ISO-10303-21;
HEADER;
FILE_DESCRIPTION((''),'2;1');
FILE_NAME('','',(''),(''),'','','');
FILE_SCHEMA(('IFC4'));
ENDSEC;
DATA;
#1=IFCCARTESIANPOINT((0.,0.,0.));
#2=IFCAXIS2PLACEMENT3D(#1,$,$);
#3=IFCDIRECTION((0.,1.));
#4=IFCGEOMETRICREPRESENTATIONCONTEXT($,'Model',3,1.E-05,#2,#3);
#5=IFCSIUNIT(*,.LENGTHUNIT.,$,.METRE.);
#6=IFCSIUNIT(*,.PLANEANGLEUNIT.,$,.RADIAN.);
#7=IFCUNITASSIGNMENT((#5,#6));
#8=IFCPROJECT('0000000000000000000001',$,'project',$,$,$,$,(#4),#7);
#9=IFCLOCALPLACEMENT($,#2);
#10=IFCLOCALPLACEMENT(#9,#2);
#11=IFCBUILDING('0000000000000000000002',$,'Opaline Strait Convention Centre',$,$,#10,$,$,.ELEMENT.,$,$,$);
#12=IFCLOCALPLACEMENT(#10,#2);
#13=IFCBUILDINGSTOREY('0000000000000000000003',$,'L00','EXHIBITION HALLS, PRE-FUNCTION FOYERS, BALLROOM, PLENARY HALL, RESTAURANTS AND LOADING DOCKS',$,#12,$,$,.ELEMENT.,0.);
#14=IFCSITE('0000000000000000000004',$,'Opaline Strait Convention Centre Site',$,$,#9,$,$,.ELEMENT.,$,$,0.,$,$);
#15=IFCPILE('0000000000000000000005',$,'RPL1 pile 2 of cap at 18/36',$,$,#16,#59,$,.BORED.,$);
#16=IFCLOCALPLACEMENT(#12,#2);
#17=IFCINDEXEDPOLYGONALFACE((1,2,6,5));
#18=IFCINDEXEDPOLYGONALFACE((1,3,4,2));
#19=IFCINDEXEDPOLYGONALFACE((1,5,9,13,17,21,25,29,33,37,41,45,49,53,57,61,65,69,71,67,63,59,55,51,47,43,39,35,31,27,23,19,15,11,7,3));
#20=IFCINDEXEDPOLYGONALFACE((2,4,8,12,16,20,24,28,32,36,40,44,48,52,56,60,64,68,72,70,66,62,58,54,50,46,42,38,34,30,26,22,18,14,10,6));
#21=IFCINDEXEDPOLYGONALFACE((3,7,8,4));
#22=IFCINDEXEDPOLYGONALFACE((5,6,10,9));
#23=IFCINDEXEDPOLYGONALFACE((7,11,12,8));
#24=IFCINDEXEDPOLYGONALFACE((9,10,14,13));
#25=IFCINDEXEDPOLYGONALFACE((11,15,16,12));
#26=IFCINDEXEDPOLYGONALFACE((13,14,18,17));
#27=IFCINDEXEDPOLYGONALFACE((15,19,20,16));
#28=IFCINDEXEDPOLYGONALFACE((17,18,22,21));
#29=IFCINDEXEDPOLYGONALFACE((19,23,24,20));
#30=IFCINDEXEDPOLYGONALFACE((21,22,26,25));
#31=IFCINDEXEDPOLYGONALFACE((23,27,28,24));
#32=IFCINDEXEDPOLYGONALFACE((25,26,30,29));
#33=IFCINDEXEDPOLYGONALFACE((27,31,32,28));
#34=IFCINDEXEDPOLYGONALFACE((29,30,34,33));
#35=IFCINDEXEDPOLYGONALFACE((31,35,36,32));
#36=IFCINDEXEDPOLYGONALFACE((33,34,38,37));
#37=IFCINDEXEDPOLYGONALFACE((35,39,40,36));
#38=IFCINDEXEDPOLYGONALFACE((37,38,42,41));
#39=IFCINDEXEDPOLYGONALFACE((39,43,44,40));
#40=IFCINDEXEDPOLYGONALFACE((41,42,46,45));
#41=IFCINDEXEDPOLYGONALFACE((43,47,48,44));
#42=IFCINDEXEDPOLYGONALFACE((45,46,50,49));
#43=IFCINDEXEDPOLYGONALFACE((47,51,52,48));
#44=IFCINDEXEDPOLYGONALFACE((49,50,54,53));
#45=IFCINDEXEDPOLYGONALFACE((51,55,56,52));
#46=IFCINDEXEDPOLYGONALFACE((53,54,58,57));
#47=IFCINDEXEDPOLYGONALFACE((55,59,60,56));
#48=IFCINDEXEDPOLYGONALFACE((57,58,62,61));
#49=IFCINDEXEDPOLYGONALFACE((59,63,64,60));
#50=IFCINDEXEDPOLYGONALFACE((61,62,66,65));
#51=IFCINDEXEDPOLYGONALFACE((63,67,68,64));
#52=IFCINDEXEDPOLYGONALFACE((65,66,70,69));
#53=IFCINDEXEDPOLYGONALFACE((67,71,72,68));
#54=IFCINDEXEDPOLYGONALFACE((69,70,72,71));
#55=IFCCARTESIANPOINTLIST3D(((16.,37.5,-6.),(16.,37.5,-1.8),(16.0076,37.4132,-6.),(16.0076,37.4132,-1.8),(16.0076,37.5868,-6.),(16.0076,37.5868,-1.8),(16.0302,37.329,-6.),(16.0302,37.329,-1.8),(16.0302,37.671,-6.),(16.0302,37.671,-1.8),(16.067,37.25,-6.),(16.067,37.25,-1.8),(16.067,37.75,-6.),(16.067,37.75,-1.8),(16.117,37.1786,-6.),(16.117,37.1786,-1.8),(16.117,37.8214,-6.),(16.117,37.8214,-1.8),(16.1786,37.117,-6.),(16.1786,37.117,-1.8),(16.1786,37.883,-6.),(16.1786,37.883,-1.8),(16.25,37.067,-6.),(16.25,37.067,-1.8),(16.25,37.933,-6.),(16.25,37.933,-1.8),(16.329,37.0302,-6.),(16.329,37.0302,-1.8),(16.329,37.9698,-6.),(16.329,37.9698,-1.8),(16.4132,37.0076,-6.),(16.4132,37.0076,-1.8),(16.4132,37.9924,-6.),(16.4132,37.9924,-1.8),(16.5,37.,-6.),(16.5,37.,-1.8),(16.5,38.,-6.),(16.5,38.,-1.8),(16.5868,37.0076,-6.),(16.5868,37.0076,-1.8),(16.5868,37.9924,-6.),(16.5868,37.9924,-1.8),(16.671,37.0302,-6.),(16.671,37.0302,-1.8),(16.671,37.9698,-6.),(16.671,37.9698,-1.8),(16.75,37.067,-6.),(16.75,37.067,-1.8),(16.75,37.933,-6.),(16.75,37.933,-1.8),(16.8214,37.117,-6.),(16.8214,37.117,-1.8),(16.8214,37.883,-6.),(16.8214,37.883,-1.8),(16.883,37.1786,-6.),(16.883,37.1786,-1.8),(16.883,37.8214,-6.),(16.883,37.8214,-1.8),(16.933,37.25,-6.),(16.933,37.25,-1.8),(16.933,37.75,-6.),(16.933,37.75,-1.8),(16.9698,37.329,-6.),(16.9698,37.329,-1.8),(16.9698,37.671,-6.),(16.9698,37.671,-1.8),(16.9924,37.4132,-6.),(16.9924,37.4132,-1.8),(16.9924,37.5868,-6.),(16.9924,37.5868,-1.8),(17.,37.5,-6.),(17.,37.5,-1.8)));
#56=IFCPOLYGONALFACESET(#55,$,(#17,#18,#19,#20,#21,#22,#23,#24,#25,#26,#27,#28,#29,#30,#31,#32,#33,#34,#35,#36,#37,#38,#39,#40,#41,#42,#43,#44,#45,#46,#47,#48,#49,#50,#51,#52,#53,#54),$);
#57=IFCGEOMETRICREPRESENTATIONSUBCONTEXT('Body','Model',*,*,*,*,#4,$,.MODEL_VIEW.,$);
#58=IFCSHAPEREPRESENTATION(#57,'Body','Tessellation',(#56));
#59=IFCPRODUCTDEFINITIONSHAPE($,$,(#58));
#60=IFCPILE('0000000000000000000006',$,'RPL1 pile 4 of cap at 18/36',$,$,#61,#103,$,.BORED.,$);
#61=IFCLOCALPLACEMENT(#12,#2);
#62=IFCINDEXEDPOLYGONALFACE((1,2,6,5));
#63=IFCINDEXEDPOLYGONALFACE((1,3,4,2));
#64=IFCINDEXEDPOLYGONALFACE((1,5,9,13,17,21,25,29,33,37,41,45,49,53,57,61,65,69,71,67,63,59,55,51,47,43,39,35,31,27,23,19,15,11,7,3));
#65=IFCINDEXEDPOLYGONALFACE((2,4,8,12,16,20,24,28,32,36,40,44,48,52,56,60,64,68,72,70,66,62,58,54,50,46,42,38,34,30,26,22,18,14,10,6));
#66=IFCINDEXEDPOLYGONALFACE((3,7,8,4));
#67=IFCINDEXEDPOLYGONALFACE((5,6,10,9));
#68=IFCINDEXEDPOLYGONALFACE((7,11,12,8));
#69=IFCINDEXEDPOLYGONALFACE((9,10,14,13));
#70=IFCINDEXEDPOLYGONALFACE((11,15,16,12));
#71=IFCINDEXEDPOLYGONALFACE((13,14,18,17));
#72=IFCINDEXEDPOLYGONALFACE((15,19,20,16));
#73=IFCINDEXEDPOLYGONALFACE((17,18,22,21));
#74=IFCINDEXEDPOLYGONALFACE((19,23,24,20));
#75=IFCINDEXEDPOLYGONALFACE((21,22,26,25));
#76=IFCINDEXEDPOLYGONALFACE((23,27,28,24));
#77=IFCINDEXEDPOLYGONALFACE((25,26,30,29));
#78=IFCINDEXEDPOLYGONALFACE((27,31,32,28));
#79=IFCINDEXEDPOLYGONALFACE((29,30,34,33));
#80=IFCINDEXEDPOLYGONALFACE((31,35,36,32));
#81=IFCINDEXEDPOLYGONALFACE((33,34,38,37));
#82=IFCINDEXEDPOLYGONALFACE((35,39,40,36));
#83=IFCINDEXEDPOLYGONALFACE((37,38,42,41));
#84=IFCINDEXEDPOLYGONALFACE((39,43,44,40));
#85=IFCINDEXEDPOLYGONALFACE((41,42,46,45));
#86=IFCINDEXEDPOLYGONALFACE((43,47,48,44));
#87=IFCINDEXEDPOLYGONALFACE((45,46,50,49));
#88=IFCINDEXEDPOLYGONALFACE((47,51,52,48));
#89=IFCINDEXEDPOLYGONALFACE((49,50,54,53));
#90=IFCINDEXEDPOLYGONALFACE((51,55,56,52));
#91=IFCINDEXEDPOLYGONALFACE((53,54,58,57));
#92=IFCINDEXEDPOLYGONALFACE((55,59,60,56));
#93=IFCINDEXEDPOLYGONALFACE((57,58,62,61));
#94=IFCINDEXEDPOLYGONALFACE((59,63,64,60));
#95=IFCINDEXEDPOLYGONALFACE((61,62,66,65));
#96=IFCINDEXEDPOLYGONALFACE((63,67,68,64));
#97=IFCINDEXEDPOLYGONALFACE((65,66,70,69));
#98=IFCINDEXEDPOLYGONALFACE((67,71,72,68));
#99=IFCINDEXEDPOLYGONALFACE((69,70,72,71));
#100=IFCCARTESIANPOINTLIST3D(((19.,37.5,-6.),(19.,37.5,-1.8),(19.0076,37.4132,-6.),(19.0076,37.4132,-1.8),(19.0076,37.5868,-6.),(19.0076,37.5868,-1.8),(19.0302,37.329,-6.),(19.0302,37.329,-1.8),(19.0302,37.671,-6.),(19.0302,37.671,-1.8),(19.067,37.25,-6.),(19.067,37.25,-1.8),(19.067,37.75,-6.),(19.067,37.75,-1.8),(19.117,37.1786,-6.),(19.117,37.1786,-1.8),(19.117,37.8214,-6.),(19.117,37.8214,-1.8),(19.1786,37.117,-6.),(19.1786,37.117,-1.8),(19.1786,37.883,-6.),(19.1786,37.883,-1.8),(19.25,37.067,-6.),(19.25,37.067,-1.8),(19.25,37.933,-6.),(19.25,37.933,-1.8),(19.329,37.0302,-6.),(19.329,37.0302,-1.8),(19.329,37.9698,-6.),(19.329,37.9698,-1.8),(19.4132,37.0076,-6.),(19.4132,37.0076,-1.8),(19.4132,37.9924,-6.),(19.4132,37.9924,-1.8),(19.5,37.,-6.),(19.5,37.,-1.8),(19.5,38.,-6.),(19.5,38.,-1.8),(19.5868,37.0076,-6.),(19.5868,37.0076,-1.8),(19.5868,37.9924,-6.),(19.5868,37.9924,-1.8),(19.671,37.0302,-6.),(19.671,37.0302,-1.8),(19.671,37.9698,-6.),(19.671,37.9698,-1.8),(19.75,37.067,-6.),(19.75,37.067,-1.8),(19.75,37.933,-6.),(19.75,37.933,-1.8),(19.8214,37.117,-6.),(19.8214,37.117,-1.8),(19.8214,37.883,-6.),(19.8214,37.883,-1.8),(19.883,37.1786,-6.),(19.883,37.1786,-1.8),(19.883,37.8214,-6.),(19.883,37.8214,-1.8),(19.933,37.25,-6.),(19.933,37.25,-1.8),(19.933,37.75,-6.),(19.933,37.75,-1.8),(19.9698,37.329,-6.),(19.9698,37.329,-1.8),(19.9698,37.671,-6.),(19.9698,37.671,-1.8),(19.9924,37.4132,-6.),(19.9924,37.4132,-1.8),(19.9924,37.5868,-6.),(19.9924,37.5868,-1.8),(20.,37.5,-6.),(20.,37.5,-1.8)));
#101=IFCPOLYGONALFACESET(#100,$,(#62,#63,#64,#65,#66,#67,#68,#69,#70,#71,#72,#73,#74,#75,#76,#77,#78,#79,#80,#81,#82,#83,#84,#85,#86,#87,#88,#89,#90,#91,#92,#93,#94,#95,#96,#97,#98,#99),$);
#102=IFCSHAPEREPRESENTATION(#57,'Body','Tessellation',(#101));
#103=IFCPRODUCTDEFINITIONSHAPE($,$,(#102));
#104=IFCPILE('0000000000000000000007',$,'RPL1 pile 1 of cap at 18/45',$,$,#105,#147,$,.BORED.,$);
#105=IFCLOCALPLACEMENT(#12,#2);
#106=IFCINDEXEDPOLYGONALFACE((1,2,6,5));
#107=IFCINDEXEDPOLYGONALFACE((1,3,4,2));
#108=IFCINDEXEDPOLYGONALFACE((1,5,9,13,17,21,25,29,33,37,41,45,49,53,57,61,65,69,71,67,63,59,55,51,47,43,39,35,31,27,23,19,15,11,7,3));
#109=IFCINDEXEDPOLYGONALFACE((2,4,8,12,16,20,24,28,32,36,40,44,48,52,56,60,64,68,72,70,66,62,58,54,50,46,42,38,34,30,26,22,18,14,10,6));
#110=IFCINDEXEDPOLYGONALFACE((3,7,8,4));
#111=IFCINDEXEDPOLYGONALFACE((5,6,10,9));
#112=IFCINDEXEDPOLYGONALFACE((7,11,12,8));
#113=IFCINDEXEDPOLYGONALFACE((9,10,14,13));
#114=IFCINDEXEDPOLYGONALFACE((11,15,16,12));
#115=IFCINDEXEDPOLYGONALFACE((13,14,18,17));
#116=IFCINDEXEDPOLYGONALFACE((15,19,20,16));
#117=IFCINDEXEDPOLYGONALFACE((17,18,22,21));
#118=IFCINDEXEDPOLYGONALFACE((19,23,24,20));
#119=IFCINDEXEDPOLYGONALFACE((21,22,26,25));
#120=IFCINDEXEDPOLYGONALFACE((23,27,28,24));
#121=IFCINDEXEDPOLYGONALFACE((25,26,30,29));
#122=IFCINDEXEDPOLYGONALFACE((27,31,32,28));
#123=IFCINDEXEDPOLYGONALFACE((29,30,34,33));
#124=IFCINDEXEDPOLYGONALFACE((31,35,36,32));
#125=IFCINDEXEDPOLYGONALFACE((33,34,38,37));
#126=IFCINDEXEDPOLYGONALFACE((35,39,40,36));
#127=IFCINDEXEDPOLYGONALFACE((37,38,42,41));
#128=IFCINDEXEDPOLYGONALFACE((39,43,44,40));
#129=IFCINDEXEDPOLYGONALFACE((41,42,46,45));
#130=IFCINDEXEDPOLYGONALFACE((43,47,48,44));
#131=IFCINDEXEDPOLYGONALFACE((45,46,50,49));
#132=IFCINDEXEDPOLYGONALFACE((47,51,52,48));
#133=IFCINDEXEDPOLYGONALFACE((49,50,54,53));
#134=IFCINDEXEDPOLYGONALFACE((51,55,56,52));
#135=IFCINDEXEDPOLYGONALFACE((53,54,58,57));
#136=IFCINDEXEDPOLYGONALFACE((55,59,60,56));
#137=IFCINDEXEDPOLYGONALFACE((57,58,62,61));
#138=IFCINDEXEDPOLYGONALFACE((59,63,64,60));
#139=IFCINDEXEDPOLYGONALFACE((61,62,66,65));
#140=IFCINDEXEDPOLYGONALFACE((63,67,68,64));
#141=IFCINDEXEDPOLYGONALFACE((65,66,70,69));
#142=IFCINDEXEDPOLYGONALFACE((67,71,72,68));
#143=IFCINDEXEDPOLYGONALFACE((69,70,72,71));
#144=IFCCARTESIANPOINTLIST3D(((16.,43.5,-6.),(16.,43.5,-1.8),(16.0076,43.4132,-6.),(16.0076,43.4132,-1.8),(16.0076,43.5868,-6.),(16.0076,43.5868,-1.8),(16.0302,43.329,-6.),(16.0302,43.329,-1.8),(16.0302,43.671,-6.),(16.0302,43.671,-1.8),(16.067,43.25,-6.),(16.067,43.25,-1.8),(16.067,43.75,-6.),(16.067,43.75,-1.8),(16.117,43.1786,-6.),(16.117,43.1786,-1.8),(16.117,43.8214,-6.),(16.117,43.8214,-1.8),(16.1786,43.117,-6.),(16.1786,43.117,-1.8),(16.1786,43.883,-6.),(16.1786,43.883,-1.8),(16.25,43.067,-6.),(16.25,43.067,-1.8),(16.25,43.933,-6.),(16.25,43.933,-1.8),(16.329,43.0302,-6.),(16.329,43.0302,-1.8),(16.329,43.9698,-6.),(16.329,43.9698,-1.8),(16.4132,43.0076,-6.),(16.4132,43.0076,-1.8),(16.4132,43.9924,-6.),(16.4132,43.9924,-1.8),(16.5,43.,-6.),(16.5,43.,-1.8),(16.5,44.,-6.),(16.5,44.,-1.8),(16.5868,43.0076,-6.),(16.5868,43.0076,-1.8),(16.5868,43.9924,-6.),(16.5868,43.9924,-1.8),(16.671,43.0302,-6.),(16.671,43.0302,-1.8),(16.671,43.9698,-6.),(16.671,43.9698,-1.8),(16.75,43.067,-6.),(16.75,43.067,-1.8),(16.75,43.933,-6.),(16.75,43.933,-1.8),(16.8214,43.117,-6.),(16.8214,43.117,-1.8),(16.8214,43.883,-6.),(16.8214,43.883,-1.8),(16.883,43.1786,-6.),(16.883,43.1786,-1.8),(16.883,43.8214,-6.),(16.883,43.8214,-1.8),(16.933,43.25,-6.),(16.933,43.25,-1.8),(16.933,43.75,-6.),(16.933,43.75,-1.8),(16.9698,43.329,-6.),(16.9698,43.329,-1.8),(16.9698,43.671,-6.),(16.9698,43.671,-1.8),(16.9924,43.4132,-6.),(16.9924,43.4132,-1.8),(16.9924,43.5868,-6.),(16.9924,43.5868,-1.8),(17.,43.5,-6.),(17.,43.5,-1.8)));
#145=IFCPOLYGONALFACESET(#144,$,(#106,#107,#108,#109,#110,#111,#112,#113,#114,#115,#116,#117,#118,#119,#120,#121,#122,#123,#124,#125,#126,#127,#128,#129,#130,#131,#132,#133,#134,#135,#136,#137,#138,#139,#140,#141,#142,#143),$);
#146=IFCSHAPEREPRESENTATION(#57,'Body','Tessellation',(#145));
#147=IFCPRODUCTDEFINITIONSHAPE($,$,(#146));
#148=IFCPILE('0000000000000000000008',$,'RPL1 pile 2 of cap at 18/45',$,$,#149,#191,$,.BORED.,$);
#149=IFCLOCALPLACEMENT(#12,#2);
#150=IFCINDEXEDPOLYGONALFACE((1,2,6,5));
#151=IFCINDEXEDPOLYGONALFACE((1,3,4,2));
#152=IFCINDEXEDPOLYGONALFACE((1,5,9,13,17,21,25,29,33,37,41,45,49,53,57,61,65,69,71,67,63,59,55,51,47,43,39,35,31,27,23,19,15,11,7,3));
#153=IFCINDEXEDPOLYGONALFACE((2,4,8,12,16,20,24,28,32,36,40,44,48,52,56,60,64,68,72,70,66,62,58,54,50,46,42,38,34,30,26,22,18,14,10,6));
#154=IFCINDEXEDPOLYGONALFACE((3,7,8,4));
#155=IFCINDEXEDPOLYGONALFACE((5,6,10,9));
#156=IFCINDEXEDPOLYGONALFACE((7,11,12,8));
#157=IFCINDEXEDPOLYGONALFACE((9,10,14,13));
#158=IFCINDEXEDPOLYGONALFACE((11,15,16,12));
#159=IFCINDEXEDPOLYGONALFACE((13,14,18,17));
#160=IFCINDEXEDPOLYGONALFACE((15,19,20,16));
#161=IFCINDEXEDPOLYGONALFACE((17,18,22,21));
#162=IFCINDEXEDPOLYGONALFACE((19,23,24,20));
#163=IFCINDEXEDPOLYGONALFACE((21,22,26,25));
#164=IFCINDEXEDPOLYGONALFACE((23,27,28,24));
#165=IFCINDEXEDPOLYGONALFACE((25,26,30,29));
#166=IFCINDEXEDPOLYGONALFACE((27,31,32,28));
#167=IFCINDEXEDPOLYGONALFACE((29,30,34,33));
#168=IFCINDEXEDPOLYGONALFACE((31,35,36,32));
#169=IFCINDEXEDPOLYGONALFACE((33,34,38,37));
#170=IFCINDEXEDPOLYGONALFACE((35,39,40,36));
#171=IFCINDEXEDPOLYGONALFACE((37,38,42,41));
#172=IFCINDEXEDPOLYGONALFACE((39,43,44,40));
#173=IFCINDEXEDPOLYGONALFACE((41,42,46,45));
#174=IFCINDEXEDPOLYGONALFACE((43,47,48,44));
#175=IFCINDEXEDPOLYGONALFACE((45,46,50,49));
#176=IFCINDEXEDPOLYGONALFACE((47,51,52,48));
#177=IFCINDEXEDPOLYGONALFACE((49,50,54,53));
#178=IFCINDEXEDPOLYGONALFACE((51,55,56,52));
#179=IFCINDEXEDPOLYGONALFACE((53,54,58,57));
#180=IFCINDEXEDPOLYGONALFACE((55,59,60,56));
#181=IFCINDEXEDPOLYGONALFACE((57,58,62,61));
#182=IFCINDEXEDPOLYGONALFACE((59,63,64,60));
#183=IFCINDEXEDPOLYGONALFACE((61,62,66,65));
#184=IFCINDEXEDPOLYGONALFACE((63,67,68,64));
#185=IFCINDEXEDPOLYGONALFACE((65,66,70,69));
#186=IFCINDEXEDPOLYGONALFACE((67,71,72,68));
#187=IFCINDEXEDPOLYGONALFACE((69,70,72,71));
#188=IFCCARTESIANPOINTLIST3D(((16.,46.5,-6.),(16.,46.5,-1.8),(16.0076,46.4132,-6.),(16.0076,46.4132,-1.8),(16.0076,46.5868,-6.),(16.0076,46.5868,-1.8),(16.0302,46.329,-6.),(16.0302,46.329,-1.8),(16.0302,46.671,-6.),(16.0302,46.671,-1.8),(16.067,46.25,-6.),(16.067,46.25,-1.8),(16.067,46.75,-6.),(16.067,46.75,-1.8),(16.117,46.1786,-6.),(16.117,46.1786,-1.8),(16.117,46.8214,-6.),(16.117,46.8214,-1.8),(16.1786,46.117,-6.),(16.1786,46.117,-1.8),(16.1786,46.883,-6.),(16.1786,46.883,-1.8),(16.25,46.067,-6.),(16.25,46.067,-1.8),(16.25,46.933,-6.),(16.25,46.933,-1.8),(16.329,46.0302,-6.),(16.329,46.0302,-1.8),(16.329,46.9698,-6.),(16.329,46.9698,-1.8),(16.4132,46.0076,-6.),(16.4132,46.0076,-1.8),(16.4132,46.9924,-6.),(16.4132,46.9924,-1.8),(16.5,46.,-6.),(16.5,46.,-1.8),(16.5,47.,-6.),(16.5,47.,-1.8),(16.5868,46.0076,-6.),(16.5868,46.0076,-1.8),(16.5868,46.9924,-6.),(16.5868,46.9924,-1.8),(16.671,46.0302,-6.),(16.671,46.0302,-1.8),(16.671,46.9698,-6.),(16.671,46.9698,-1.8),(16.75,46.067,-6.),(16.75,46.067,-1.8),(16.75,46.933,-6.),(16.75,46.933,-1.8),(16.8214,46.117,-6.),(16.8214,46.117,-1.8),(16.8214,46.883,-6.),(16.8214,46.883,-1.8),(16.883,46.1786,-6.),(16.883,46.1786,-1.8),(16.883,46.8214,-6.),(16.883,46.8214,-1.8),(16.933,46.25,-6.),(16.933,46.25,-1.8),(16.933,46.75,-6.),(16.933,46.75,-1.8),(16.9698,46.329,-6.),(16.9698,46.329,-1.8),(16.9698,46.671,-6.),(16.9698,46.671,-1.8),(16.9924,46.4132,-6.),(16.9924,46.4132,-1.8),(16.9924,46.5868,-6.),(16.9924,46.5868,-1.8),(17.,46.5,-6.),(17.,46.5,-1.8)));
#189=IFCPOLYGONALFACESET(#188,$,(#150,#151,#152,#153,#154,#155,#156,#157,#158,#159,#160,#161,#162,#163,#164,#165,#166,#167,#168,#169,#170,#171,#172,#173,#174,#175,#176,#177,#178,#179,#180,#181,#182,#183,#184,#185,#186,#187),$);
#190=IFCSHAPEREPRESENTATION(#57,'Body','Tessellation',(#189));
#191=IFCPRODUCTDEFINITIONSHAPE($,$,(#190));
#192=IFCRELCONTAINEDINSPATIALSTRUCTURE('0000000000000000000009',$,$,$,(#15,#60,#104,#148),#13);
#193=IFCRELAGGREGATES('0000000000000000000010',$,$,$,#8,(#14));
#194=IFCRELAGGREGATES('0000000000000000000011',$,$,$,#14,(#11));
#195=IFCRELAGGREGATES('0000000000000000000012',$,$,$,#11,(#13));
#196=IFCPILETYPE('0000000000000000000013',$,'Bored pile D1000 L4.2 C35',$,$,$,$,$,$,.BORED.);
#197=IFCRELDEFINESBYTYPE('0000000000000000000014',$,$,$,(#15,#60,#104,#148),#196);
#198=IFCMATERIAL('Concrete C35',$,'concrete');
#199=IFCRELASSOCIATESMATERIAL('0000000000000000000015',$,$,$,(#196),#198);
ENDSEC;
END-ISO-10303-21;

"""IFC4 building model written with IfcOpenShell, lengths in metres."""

from ifc_helpers import new_model, si_unit, direction, frame, origin, origin_2d, place, context, subcontext, project, spatial, circle, extrude, material, material_profile, profile_set, type_object, element, save


model = new_model("IFC4")

# Units and contexts
model_context = context("Model", 3, precision=1e-05, world=origin(), true_north=direction((0.0, 1.0)))
body_context = subcontext(model_context, "Body", "Model", "MODEL_VIEW")
ifc_project = project(units=[si_unit("LENGTHUNIT", "METRE"), si_unit("PLANEANGLEUNIT", "RADIAN")], contexts=[model_context])

# Site, building, storey
site_placement = place(None, origin())
site = spatial("IfcSite", under=ifc_project, at=site_placement, Name="Opaline Strait Convention Centre Site", CompositionType="ELEMENT", RefElevation=0.0)
building_placement = place(site_placement, origin())
building = spatial("IfcBuilding", under=site, at=building_placement, Name="Opaline Strait Convention Centre", CompositionType="ELEMENT")
storey_placement = place(building_placement, origin())
storey = spatial("IfcBuildingStorey", under=building, at=storey_placement, Name="L00", Description="EXHIBITION HALLS, PRE-FUNCTION FOYERS, BALLROOM, PLENARY HALL, RESTAURANTS AND LOADING DOCKS", CompositionType="ELEMENT", Elevation=0.0)

# Piles
ifc_material_1 = material(Name="Concrete C35", Category="concrete")
ifc_material_profile_1 = material_profile(ifc_material_1, circle(Radius=0.5, at=origin_2d()), Name="D1000")
ifc_profile_set_1 = profile_set([ifc_material_profile_1], Name="Concrete C35")
pile_type = type_object("IfcPileType", Name="Bored pile D1000 L4.2 C35", PredefinedType="BORED", material=ifc_profile_set_1)
for number, where, z_axis, x_axis, name in (
    (1, (16.5, 37.5, -1.8), (0.0, 0.0, -1.0), (1.0, 0.0, 0.0), "RPL1 pile 2 of cap at 18/36"),
    (2, (19.5, 37.5, -1.8), (0.0, 0.0, -1.0), (1.0, 0.0, 0.0), "RPL1 pile 4 of cap at 18/36"),
    (3, (16.5, 43.5, -1.8), (0.0, 0.0, -1.0), (1.0, 0.0, 0.0), "RPL1 pile 1 of cap at 18/45"),
    (4, (16.5, 46.5, -1.8), (0.0, 0.0, -1.0), (1.0, 0.0, 0.0), "RPL1 pile 2 of cap at 18/45"),
):
    element("IfcPile", number, at=place(storey_placement, frame(where, z_axis=z_axis, x_axis=x_axis)), inside=storey, type_object=pile_type, Name=name, PredefinedType="BORED", context=body_context, shape_type="SweptSolid", body=[
        extrude(circle(Radius=0.5, at=origin_2d()), origin(), (0.0, 0.0, 1.0), 4.2),
    ])

save(model, "model.ifc")
